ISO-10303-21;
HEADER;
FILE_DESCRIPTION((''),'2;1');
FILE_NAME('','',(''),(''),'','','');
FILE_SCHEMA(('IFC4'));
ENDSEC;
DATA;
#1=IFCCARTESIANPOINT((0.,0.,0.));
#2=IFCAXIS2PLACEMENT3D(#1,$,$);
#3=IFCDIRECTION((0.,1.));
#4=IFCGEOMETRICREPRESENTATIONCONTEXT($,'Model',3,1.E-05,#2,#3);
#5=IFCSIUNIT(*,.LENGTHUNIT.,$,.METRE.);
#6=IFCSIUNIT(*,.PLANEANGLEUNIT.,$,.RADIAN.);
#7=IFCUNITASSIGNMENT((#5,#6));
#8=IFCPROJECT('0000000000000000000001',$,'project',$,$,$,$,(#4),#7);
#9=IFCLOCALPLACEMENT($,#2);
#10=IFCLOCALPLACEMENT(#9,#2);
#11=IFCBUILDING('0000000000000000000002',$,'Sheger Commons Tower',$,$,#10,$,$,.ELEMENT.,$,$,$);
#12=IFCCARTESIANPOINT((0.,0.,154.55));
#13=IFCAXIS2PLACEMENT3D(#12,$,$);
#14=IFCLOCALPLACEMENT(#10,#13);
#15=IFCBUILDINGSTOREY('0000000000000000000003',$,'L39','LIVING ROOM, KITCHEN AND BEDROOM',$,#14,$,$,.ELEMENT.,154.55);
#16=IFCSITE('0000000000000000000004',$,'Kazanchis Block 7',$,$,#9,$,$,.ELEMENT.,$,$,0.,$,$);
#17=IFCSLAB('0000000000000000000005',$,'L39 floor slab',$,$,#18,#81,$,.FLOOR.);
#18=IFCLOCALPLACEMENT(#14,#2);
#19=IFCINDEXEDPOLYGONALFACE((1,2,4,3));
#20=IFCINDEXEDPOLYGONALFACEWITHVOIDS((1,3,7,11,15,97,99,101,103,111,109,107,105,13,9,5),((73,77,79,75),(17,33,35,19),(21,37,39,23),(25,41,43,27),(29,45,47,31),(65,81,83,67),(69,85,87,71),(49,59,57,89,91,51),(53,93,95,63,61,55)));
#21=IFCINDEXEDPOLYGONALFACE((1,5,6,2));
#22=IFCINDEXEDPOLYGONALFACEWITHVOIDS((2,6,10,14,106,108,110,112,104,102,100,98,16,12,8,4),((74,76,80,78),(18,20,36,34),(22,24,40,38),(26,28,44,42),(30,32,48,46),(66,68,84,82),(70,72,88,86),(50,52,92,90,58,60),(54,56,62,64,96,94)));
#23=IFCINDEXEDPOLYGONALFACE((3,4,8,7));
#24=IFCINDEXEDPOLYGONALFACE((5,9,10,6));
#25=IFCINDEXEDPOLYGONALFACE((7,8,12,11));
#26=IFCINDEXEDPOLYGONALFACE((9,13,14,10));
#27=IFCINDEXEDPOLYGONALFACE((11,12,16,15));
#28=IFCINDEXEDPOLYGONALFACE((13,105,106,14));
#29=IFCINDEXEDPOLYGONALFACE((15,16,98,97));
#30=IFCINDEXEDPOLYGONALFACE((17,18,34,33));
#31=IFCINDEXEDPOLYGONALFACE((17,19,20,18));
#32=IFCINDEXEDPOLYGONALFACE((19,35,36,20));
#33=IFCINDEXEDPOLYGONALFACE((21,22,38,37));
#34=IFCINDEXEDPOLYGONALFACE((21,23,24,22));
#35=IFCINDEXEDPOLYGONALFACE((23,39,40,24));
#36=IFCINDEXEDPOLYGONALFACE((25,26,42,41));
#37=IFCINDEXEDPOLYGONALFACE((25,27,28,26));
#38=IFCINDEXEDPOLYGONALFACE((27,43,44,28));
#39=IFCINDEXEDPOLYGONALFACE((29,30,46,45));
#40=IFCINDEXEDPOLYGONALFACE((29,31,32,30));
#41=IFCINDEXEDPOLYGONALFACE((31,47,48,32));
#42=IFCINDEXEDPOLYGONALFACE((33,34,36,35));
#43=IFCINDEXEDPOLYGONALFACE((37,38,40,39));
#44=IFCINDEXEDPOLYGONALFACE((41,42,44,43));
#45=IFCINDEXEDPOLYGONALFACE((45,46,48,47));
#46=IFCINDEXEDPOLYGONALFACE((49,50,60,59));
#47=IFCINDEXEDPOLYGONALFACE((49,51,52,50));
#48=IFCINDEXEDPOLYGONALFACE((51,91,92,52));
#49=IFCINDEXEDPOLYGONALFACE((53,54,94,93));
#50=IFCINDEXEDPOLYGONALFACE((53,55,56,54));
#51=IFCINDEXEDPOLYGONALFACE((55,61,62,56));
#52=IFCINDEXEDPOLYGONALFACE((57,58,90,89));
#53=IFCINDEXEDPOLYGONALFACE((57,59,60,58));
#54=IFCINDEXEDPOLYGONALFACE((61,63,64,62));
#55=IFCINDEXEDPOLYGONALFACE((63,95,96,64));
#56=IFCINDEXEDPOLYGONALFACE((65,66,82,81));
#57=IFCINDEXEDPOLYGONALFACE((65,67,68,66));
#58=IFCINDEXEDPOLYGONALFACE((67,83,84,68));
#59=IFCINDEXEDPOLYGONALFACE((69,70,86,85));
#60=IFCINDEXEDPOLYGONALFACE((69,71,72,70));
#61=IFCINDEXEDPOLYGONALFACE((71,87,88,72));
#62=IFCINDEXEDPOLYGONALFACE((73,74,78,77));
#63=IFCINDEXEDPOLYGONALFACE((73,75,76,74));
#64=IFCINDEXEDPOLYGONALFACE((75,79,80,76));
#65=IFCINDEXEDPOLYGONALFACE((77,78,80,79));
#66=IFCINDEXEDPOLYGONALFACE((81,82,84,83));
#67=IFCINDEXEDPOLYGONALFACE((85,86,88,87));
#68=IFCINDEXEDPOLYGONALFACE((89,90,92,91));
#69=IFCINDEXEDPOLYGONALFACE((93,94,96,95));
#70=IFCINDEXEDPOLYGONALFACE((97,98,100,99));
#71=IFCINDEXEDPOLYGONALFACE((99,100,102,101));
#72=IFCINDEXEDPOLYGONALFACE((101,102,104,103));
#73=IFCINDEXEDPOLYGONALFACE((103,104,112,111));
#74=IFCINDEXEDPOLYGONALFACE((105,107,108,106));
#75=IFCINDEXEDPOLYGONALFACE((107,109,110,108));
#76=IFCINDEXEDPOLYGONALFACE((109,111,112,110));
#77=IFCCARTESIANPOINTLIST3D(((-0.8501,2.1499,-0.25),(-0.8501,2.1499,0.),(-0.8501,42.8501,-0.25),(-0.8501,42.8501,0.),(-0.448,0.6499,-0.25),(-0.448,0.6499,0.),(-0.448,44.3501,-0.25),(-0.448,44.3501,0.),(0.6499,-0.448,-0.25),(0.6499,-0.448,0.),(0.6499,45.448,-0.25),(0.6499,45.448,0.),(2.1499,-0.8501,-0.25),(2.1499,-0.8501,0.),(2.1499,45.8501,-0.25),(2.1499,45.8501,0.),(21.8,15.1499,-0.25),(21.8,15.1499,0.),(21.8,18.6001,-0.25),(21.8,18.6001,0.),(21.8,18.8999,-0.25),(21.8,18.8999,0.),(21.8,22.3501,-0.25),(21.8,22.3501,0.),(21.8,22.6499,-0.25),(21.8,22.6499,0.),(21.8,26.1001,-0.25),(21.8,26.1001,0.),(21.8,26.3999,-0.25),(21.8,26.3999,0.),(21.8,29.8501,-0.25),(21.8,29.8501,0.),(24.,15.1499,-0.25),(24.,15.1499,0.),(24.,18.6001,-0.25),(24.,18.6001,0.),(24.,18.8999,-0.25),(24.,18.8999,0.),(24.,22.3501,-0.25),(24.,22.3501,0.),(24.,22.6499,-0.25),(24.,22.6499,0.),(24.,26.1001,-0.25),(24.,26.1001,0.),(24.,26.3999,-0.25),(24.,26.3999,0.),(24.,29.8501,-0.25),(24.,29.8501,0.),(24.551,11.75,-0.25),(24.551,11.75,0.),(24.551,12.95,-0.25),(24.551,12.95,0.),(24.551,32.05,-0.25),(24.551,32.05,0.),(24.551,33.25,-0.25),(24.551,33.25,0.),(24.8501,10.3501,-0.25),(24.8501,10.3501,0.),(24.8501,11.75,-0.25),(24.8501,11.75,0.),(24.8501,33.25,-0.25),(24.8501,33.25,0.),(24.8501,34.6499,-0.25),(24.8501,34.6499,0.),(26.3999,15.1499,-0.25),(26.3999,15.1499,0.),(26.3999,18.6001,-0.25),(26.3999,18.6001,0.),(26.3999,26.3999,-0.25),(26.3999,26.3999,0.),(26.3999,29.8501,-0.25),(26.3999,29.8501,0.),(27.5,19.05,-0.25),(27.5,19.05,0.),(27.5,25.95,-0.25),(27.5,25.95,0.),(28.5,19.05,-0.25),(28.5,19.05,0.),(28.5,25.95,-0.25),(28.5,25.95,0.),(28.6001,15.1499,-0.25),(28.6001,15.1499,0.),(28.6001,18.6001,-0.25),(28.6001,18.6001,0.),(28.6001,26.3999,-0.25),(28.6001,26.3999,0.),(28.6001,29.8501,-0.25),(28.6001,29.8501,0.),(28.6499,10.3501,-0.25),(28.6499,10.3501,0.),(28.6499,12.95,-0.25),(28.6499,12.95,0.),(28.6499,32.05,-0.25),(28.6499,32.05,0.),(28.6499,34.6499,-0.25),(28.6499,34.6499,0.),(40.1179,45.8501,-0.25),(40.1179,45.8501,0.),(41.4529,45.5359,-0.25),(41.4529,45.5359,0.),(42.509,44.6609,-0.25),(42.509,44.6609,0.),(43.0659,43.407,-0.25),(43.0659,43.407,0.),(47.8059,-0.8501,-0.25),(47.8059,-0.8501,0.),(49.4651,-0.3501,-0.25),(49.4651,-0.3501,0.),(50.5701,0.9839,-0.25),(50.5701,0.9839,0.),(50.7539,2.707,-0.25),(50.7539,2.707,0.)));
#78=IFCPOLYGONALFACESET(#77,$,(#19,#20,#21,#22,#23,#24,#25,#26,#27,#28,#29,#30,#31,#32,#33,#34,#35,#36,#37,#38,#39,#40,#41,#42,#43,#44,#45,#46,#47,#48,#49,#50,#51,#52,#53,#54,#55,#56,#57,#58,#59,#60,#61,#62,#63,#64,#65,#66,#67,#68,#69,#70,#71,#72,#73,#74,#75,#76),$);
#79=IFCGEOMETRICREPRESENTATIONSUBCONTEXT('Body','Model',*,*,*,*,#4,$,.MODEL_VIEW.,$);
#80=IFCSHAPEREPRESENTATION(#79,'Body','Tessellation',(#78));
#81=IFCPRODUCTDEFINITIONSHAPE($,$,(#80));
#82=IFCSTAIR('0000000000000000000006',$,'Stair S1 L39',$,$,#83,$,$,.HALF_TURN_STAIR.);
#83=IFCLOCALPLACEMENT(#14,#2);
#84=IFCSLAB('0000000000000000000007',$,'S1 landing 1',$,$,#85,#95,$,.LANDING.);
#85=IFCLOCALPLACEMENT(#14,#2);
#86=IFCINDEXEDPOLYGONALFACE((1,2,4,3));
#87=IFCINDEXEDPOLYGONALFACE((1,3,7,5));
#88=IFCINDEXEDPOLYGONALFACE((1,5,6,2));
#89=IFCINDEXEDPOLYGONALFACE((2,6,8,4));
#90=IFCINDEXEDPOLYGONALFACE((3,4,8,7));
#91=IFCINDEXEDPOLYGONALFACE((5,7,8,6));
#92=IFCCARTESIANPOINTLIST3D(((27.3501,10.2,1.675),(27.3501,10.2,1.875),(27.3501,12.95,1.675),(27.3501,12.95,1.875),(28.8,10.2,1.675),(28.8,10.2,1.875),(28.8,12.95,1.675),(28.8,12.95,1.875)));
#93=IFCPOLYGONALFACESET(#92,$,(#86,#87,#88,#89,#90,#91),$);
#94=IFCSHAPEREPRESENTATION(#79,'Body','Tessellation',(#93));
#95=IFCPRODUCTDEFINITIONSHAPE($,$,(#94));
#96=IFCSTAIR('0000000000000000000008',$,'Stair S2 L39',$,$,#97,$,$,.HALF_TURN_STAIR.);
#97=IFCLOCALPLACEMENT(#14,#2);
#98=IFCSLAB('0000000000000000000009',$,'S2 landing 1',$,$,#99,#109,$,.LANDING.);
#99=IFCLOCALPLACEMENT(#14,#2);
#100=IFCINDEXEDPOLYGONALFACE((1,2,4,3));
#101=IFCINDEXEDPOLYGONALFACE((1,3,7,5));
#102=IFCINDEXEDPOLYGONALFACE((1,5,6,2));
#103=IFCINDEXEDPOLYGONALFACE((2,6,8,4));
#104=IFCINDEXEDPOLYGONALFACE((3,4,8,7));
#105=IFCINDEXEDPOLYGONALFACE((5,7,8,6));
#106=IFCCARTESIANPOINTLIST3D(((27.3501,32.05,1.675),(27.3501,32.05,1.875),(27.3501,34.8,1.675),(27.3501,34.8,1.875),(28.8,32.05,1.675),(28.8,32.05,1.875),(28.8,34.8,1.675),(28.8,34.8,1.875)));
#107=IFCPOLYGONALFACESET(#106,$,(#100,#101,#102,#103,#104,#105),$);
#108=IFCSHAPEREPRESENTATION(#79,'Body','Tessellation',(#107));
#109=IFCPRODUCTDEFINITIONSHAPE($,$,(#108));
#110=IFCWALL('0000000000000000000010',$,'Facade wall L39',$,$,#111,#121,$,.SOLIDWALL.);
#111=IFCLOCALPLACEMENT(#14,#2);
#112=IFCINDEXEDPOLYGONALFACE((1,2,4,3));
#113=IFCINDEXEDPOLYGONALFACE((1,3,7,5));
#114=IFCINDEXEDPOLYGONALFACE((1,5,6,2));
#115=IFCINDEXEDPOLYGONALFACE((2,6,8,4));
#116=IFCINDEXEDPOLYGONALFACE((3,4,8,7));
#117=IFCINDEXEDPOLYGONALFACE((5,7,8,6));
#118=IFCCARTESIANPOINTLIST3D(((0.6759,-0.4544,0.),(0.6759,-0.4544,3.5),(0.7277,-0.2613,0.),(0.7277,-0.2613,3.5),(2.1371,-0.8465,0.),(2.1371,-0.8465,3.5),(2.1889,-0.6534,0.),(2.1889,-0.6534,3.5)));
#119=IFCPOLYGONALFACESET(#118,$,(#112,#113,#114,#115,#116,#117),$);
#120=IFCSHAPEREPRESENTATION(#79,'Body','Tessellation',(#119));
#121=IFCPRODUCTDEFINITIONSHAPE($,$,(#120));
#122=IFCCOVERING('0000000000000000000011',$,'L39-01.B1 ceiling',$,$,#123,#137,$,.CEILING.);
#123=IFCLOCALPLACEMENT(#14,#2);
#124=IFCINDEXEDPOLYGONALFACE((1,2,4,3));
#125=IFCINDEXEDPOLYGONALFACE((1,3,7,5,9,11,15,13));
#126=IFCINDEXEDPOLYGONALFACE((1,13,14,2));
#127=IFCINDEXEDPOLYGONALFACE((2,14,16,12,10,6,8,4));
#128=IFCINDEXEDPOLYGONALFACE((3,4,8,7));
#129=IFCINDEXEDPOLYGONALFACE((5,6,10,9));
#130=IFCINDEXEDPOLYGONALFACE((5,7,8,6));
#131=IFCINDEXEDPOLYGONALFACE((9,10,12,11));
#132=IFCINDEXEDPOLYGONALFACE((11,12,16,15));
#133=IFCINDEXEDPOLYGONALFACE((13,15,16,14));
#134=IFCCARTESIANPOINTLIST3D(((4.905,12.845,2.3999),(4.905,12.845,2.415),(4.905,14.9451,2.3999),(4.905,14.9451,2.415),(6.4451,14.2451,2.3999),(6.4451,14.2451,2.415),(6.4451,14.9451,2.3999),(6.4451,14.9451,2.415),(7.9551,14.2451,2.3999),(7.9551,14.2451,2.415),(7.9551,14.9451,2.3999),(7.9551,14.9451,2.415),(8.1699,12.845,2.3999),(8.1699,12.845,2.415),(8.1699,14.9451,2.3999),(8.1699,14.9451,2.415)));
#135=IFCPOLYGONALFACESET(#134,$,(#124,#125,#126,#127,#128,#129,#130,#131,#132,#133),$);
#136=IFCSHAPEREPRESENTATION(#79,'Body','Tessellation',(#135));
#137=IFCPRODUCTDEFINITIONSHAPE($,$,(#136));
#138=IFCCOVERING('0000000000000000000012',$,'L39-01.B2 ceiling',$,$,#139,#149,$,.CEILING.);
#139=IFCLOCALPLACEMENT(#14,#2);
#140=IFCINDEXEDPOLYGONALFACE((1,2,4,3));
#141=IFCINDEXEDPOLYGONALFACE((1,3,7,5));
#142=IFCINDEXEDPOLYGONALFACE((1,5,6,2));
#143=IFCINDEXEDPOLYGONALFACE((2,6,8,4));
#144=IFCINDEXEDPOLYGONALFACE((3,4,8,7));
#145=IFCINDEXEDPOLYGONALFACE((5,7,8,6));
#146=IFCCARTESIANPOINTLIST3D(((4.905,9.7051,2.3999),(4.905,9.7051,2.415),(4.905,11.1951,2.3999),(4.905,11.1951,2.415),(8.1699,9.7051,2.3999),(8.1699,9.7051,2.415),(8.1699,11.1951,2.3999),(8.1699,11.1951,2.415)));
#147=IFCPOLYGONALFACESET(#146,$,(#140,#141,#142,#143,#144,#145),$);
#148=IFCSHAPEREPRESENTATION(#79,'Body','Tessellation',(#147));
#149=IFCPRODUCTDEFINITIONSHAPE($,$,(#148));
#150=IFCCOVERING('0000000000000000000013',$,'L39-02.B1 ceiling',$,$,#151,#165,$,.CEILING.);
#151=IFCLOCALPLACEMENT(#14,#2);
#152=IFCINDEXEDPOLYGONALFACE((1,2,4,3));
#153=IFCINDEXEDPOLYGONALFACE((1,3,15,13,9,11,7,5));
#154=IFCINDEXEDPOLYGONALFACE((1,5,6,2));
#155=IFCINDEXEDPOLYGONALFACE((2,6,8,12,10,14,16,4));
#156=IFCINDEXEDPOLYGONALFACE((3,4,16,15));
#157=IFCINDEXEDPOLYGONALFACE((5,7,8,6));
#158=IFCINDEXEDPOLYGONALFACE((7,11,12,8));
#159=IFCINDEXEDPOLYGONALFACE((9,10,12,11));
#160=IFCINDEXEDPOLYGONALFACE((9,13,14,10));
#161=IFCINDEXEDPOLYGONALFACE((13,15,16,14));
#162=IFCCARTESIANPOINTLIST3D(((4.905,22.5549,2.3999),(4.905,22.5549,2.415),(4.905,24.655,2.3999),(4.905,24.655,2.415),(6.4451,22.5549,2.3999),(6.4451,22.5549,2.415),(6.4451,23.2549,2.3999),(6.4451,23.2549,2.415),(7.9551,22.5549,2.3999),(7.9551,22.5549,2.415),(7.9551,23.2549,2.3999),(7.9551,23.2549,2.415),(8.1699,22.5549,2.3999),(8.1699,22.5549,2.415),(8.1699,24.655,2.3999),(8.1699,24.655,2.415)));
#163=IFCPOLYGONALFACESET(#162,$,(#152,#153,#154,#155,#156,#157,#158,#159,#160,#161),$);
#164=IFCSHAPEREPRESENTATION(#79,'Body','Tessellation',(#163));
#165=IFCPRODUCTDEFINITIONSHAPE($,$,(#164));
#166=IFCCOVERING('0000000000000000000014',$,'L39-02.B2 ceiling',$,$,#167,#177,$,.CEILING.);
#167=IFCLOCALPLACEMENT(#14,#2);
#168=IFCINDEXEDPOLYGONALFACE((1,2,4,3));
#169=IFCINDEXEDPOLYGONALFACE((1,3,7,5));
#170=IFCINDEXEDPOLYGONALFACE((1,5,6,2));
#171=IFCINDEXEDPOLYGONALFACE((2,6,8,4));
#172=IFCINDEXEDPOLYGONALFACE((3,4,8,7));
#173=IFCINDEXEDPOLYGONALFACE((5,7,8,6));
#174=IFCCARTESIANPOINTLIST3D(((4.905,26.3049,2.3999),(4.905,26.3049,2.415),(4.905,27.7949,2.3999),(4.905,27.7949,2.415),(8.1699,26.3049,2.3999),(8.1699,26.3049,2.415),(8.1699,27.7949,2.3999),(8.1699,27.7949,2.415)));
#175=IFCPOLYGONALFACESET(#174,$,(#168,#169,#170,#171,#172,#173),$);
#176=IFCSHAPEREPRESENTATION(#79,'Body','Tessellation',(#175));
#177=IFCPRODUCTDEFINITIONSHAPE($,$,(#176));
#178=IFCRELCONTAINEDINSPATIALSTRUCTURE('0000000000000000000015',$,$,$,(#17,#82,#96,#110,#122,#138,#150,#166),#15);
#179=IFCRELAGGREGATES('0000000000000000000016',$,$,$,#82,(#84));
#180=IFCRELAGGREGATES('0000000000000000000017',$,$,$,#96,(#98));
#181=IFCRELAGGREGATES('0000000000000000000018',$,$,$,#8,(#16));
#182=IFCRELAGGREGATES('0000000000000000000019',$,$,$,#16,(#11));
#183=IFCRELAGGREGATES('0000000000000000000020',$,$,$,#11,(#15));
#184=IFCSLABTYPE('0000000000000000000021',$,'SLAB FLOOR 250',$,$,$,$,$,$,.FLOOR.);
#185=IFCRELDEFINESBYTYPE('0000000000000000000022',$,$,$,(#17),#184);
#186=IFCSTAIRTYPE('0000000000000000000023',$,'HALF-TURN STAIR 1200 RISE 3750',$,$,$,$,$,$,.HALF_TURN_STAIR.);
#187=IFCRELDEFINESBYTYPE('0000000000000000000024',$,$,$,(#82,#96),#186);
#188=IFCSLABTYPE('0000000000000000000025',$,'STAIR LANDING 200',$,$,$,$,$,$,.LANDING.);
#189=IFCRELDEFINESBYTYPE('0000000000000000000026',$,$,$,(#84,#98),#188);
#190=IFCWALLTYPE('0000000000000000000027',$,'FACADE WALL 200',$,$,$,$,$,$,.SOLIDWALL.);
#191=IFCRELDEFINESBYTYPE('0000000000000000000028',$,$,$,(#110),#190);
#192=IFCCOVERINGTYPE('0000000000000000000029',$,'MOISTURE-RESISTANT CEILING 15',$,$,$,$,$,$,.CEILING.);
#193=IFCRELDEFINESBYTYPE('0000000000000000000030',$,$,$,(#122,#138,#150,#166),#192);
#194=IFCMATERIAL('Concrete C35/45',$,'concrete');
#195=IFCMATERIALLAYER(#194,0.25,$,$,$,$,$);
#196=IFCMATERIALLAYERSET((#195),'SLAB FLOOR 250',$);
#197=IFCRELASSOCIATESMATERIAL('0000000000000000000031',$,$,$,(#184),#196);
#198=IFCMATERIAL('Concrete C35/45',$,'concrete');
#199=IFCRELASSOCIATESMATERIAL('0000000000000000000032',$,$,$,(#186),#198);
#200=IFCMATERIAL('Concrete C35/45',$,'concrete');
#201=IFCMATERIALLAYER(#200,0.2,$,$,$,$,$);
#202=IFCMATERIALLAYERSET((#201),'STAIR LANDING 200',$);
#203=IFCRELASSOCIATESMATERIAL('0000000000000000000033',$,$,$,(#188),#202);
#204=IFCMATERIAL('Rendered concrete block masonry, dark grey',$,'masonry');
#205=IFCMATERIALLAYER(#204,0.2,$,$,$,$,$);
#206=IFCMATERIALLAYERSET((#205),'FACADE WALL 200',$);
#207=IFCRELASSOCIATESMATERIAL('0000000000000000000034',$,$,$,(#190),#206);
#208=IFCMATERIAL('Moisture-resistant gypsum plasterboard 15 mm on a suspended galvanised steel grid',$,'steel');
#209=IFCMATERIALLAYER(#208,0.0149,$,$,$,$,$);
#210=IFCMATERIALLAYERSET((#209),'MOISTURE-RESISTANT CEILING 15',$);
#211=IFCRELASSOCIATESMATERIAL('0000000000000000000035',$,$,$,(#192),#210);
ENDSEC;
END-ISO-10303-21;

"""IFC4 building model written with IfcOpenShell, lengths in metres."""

from ifc_helpers import new_model, si_unit, direction, frame, frame_2d, origin, place, context, subcontext, project, spatial, polyline, rectangle, outline, extrude, material, layer, layer_set, type_object, element, aggregate, save


model = new_model("IFC4")

# Units and contexts
model_context = context("Model", 3, precision=1e-05, world=origin(), true_north=direction((0.0, 1.0)))
body_context = subcontext(model_context, "Body", "Model", "MODEL_VIEW")
ifc_project = project(units=[si_unit("LENGTHUNIT", "METRE"), si_unit("PLANEANGLEUNIT", "RADIAN")], contexts=[model_context])

# Site, building, storey
site_placement = place(None, origin())
site = spatial("IfcSite", under=ifc_project, at=site_placement, Name="Kazanchis Block 7", CompositionType="ELEMENT", RefElevation=0.0)
building_placement = place(site_placement, origin())
building = spatial("IfcBuilding", under=site, at=building_placement, Name="Sheger Commons Tower", CompositionType="ELEMENT")
storey_placement = place(building_placement, frame((0.0, 0.0, 154.55)))
storey = spatial("IfcBuildingStorey", under=building, at=storey_placement, Name="L39", Description="LIVING ROOM, KITCHEN AND BEDROOM", CompositionType="ELEMENT", Elevation=154.55)

# Slab
ifc_material_1 = material(Name="Concrete C35/45", Category="concrete")
ifc_layer_1 = layer(ifc_material_1, 0.25)
ifc_layer_set_1 = layer_set([ifc_layer_1], Name="SLAB FLOOR 250")
slab_type_1 = type_object("IfcSlabType", Name="SLAB FLOOR 250", PredefinedType="FLOOR", material=ifc_layer_set_1)
slab_1_placement = place(storey_placement, frame((0.0, 0.0, -0.25)))
element("IfcSlab", 1, at=slab_1_placement, inside=storey, type_object=slab_type_1, Name="L39 floor slab", PredefinedType="FLOOR", context=body_context, shape_type="SweptSolid", body=[
    extrude(outline(polyline([(-0.8501, 2.1499), (-0.448, 0.6499), (0.6499, -0.448), (2.1499, -0.8501), (47.8059, -0.8501), (49.4651, -0.3501), (50.5701, 0.9839), (50.7539, 2.707), (43.0659, 43.407), (42.509, 44.6609), (41.4529, 45.5359), (40.1179, 45.8501), (2.1499, 45.8501), (0.6499, 45.448), (-0.448, 44.3501), (-0.8501, 42.8501), (-0.8501, 2.1499)]), holes=[polyline([(24.8501, 10.3501), (28.6499, 10.3501), (28.6499, 12.95), (24.551, 12.95), (24.551, 11.75), (24.8501, 11.75), (24.8501, 10.3501)]), polyline([(24.551, 32.05), (28.6499, 32.05), (28.6499, 34.6499), (24.8501, 34.6499), (24.8501, 33.25), (24.551, 33.25), (24.551, 32.05)]), polyline([(26.3999, 15.1499), (28.6001, 15.1499), (28.6001, 18.6001), (26.3999, 18.6001), (26.3999, 15.1499)]), polyline([(26.3999, 26.3999), (28.6001, 26.3999), (28.6001, 29.8501), (26.3999, 29.8501), (26.3999, 26.3999)]), polyline([(21.8, 15.1499), (24.0, 15.1499), (24.0, 18.6001), (21.8, 18.6001), (21.8, 15.1499)]), polyline([(21.8, 18.8999), (24.0, 18.8999), (24.0, 22.3501), (21.8, 22.3501), (21.8, 18.8999)]), polyline([(21.8, 22.6499), (24.0, 22.6499), (24.0, 26.1001), (21.8, 26.1001), (21.8, 22.6499)]), polyline([(21.8, 26.3999), (24.0, 26.3999), (24.0, 29.8501), (21.8, 29.8501), (21.8, 26.3999)]), polyline([(27.5, 19.05), (28.5, 19.05), (28.5, 25.95), (27.5, 25.95), (27.5, 19.05)])]), origin(), (0.0, 0.0, 1.0), 0.25),
])

# Stairs, slabs
ifc_material_2 = material(Name="Concrete C35/45", Category="concrete")
stair_type = type_object("IfcStairType", Name="HALF-TURN STAIR 1200 RISE 3750", PredefinedType="HALF_TURN_STAIR", material=ifc_material_2)
stair_1_placement = place(storey_placement, origin())
stair_1 = element("IfcStair", 2, at=stair_1_placement, inside=storey, type_object=stair_type, Name="Stair S1 L39", PredefinedType="HALF_TURN_STAIR")
ifc_material_3 = material(Name="Concrete C35/45", Category="concrete")
ifc_layer_2 = layer(ifc_material_3, 0.2)
ifc_layer_set_2 = layer_set([ifc_layer_2], Name="STAIR LANDING 200")
slab_type_2 = type_object("IfcSlabType", Name="STAIR LANDING 200", PredefinedType="LANDING", material=ifc_layer_set_2)
slab_2_placement = place(storey_placement, frame((0.0, 0.0, 1.675)))
slab_2 = element("IfcSlab", 3, at=slab_2_placement, type_object=slab_type_2, Name="S1 landing 1", PredefinedType="LANDING", context=body_context, shape_type="SweptSolid", body=[
    extrude(outline(polyline([(27.3501, 10.2), (28.8, 10.2), (28.8, 12.95), (27.3501, 12.95), (27.3501, 10.2)])), origin(), (0.0, 0.0, 1.0), 0.2),
])
aggregate(stair_1, [slab_2])
stair_2_placement = place(storey_placement, origin())
stair_2 = element("IfcStair", 4, at=stair_2_placement, inside=storey, type_object=stair_type, Name="Stair S2 L39", PredefinedType="HALF_TURN_STAIR")
slab_3_placement = place(storey_placement, frame((0.0, 0.0, 1.675)))
slab_3 = element("IfcSlab", 5, at=slab_3_placement, type_object=slab_type_2, Name="S2 landing 1", PredefinedType="LANDING", context=body_context, shape_type="SweptSolid", body=[
    extrude(outline(polyline([(27.3501, 32.05), (28.8, 32.05), (28.8, 34.8), (27.3501, 34.8), (27.3501, 32.05)])), origin(), (0.0, 0.0, 1.0), 0.2),
])
aggregate(stair_2, [slab_3])

# Wall
ifc_material_4 = material(Name="Rendered concrete block masonry, dark grey", Category="masonry")
ifc_layer_3 = layer(ifc_material_4, 0.2)
ifc_layer_set_3 = layer_set([ifc_layer_3], Name="FACADE WALL 200")
wall_type = type_object("IfcWallType", Name="FACADE WALL 200", PredefinedType="SOLIDWALL", material=ifc_layer_set_3)
wall_placement = place(storey_placement, frame((0.7019, -0.3579, 0.0), z_axis=(0.0, 0.0, 1.0), x_axis=(0.965832, -0.259169, 0.0)))
element("IfcWall", 6, at=wall_placement, inside=storey, type_object=wall_type, Name="Facade wall L39", PredefinedType="SOLIDWALL", context=body_context, shape_type="SweptSolid", body=[
    extrude(rectangle(XDim=1.5129, YDim=0.2, at=frame_2d((0.7563, 0.0))), origin(), (0.0, 0.0, 1.0), 3.5),
])

# Coverings
ifc_material_5 = material(Name="Moisture-resistant gypsum plasterboard 15 mm on a suspended galvanised steel grid", Category="steel")
ifc_layer_4 = layer(ifc_material_5, 0.0149)
ifc_layer_set_4 = layer_set([ifc_layer_4], Name="MOISTURE-RESISTANT CEILING 15")
covering_type_1 = type_object("IfcCoveringType", Name="MOISTURE-RESISTANT CEILING 15", PredefinedType="CEILING", material=ifc_layer_set_4)
covering_1_placement = place(storey_placement, frame((0.0, 0.0, 2.3999)))
element("IfcCovering", 7, at=covering_1_placement, inside=storey, type_object=covering_type_1, Name="L39-01.B1 ceiling", PredefinedType="CEILING", context=body_context, shape_type="SweptSolid", body=[
    extrude(outline(polyline([(4.905, 12.845), (8.1699, 12.845), (8.1699, 14.9451), (7.9551, 14.9451), (7.9551, 14.2451), (6.4451, 14.2451), (6.4451, 14.9451), (4.905, 14.9451), (4.905, 12.845)])), origin(), (0.0, 0.0, 1.0), 0.0151),
])
covering_2_placement = place(storey_placement, frame((0.0, 0.0, 2.3999)))
element("IfcCovering", 8, at=covering_2_placement, inside=storey, type_object=covering_type_1, Name="L39-01.B2 ceiling", PredefinedType="CEILING", context=body_context, shape_type="SweptSolid", body=[
    extrude(outline(polyline([(4.905, 9.7051), (8.1699, 9.7051), (8.1699, 11.1951), (4.905, 11.1951), (4.905, 9.7051)])), origin(), (0.0, 0.0, 1.0), 0.0151),
])
covering_3_placement = place(storey_placement, frame((0.0, 0.0, 2.3999)))
element("IfcCovering", 9, at=covering_3_placement, inside=storey, type_object=covering_type_1, Name="L39-02.B1 ceiling", PredefinedType="CEILING", context=body_context, shape_type="SweptSolid", body=[
    extrude(outline(polyline([(4.905, 22.5549), (6.4451, 22.5549), (6.4451, 23.2549), (7.9551, 23.2549), (7.9551, 22.5549), (8.1699, 22.5549), (8.1699, 24.655), (4.905, 24.655), (4.905, 22.5549)])), origin(), (0.0, 0.0, 1.0), 0.0151),
])
covering_4_placement = place(storey_placement, frame((0.0, 0.0, 2.3999)))
element("IfcCovering", 10, at=covering_4_placement, inside=storey, type_object=covering_type_1, Name="L39-02.B2 ceiling", PredefinedType="CEILING", context=body_context, shape_type="SweptSolid", body=[
    extrude(outline(polyline([(4.905, 26.3049), (8.1699, 26.3049), (8.1699, 27.7949), (4.905, 27.7949), (4.905, 26.3049)])), origin(), (0.0, 0.0, 1.0), 0.0151),
])

save(model, "model.ifc")
